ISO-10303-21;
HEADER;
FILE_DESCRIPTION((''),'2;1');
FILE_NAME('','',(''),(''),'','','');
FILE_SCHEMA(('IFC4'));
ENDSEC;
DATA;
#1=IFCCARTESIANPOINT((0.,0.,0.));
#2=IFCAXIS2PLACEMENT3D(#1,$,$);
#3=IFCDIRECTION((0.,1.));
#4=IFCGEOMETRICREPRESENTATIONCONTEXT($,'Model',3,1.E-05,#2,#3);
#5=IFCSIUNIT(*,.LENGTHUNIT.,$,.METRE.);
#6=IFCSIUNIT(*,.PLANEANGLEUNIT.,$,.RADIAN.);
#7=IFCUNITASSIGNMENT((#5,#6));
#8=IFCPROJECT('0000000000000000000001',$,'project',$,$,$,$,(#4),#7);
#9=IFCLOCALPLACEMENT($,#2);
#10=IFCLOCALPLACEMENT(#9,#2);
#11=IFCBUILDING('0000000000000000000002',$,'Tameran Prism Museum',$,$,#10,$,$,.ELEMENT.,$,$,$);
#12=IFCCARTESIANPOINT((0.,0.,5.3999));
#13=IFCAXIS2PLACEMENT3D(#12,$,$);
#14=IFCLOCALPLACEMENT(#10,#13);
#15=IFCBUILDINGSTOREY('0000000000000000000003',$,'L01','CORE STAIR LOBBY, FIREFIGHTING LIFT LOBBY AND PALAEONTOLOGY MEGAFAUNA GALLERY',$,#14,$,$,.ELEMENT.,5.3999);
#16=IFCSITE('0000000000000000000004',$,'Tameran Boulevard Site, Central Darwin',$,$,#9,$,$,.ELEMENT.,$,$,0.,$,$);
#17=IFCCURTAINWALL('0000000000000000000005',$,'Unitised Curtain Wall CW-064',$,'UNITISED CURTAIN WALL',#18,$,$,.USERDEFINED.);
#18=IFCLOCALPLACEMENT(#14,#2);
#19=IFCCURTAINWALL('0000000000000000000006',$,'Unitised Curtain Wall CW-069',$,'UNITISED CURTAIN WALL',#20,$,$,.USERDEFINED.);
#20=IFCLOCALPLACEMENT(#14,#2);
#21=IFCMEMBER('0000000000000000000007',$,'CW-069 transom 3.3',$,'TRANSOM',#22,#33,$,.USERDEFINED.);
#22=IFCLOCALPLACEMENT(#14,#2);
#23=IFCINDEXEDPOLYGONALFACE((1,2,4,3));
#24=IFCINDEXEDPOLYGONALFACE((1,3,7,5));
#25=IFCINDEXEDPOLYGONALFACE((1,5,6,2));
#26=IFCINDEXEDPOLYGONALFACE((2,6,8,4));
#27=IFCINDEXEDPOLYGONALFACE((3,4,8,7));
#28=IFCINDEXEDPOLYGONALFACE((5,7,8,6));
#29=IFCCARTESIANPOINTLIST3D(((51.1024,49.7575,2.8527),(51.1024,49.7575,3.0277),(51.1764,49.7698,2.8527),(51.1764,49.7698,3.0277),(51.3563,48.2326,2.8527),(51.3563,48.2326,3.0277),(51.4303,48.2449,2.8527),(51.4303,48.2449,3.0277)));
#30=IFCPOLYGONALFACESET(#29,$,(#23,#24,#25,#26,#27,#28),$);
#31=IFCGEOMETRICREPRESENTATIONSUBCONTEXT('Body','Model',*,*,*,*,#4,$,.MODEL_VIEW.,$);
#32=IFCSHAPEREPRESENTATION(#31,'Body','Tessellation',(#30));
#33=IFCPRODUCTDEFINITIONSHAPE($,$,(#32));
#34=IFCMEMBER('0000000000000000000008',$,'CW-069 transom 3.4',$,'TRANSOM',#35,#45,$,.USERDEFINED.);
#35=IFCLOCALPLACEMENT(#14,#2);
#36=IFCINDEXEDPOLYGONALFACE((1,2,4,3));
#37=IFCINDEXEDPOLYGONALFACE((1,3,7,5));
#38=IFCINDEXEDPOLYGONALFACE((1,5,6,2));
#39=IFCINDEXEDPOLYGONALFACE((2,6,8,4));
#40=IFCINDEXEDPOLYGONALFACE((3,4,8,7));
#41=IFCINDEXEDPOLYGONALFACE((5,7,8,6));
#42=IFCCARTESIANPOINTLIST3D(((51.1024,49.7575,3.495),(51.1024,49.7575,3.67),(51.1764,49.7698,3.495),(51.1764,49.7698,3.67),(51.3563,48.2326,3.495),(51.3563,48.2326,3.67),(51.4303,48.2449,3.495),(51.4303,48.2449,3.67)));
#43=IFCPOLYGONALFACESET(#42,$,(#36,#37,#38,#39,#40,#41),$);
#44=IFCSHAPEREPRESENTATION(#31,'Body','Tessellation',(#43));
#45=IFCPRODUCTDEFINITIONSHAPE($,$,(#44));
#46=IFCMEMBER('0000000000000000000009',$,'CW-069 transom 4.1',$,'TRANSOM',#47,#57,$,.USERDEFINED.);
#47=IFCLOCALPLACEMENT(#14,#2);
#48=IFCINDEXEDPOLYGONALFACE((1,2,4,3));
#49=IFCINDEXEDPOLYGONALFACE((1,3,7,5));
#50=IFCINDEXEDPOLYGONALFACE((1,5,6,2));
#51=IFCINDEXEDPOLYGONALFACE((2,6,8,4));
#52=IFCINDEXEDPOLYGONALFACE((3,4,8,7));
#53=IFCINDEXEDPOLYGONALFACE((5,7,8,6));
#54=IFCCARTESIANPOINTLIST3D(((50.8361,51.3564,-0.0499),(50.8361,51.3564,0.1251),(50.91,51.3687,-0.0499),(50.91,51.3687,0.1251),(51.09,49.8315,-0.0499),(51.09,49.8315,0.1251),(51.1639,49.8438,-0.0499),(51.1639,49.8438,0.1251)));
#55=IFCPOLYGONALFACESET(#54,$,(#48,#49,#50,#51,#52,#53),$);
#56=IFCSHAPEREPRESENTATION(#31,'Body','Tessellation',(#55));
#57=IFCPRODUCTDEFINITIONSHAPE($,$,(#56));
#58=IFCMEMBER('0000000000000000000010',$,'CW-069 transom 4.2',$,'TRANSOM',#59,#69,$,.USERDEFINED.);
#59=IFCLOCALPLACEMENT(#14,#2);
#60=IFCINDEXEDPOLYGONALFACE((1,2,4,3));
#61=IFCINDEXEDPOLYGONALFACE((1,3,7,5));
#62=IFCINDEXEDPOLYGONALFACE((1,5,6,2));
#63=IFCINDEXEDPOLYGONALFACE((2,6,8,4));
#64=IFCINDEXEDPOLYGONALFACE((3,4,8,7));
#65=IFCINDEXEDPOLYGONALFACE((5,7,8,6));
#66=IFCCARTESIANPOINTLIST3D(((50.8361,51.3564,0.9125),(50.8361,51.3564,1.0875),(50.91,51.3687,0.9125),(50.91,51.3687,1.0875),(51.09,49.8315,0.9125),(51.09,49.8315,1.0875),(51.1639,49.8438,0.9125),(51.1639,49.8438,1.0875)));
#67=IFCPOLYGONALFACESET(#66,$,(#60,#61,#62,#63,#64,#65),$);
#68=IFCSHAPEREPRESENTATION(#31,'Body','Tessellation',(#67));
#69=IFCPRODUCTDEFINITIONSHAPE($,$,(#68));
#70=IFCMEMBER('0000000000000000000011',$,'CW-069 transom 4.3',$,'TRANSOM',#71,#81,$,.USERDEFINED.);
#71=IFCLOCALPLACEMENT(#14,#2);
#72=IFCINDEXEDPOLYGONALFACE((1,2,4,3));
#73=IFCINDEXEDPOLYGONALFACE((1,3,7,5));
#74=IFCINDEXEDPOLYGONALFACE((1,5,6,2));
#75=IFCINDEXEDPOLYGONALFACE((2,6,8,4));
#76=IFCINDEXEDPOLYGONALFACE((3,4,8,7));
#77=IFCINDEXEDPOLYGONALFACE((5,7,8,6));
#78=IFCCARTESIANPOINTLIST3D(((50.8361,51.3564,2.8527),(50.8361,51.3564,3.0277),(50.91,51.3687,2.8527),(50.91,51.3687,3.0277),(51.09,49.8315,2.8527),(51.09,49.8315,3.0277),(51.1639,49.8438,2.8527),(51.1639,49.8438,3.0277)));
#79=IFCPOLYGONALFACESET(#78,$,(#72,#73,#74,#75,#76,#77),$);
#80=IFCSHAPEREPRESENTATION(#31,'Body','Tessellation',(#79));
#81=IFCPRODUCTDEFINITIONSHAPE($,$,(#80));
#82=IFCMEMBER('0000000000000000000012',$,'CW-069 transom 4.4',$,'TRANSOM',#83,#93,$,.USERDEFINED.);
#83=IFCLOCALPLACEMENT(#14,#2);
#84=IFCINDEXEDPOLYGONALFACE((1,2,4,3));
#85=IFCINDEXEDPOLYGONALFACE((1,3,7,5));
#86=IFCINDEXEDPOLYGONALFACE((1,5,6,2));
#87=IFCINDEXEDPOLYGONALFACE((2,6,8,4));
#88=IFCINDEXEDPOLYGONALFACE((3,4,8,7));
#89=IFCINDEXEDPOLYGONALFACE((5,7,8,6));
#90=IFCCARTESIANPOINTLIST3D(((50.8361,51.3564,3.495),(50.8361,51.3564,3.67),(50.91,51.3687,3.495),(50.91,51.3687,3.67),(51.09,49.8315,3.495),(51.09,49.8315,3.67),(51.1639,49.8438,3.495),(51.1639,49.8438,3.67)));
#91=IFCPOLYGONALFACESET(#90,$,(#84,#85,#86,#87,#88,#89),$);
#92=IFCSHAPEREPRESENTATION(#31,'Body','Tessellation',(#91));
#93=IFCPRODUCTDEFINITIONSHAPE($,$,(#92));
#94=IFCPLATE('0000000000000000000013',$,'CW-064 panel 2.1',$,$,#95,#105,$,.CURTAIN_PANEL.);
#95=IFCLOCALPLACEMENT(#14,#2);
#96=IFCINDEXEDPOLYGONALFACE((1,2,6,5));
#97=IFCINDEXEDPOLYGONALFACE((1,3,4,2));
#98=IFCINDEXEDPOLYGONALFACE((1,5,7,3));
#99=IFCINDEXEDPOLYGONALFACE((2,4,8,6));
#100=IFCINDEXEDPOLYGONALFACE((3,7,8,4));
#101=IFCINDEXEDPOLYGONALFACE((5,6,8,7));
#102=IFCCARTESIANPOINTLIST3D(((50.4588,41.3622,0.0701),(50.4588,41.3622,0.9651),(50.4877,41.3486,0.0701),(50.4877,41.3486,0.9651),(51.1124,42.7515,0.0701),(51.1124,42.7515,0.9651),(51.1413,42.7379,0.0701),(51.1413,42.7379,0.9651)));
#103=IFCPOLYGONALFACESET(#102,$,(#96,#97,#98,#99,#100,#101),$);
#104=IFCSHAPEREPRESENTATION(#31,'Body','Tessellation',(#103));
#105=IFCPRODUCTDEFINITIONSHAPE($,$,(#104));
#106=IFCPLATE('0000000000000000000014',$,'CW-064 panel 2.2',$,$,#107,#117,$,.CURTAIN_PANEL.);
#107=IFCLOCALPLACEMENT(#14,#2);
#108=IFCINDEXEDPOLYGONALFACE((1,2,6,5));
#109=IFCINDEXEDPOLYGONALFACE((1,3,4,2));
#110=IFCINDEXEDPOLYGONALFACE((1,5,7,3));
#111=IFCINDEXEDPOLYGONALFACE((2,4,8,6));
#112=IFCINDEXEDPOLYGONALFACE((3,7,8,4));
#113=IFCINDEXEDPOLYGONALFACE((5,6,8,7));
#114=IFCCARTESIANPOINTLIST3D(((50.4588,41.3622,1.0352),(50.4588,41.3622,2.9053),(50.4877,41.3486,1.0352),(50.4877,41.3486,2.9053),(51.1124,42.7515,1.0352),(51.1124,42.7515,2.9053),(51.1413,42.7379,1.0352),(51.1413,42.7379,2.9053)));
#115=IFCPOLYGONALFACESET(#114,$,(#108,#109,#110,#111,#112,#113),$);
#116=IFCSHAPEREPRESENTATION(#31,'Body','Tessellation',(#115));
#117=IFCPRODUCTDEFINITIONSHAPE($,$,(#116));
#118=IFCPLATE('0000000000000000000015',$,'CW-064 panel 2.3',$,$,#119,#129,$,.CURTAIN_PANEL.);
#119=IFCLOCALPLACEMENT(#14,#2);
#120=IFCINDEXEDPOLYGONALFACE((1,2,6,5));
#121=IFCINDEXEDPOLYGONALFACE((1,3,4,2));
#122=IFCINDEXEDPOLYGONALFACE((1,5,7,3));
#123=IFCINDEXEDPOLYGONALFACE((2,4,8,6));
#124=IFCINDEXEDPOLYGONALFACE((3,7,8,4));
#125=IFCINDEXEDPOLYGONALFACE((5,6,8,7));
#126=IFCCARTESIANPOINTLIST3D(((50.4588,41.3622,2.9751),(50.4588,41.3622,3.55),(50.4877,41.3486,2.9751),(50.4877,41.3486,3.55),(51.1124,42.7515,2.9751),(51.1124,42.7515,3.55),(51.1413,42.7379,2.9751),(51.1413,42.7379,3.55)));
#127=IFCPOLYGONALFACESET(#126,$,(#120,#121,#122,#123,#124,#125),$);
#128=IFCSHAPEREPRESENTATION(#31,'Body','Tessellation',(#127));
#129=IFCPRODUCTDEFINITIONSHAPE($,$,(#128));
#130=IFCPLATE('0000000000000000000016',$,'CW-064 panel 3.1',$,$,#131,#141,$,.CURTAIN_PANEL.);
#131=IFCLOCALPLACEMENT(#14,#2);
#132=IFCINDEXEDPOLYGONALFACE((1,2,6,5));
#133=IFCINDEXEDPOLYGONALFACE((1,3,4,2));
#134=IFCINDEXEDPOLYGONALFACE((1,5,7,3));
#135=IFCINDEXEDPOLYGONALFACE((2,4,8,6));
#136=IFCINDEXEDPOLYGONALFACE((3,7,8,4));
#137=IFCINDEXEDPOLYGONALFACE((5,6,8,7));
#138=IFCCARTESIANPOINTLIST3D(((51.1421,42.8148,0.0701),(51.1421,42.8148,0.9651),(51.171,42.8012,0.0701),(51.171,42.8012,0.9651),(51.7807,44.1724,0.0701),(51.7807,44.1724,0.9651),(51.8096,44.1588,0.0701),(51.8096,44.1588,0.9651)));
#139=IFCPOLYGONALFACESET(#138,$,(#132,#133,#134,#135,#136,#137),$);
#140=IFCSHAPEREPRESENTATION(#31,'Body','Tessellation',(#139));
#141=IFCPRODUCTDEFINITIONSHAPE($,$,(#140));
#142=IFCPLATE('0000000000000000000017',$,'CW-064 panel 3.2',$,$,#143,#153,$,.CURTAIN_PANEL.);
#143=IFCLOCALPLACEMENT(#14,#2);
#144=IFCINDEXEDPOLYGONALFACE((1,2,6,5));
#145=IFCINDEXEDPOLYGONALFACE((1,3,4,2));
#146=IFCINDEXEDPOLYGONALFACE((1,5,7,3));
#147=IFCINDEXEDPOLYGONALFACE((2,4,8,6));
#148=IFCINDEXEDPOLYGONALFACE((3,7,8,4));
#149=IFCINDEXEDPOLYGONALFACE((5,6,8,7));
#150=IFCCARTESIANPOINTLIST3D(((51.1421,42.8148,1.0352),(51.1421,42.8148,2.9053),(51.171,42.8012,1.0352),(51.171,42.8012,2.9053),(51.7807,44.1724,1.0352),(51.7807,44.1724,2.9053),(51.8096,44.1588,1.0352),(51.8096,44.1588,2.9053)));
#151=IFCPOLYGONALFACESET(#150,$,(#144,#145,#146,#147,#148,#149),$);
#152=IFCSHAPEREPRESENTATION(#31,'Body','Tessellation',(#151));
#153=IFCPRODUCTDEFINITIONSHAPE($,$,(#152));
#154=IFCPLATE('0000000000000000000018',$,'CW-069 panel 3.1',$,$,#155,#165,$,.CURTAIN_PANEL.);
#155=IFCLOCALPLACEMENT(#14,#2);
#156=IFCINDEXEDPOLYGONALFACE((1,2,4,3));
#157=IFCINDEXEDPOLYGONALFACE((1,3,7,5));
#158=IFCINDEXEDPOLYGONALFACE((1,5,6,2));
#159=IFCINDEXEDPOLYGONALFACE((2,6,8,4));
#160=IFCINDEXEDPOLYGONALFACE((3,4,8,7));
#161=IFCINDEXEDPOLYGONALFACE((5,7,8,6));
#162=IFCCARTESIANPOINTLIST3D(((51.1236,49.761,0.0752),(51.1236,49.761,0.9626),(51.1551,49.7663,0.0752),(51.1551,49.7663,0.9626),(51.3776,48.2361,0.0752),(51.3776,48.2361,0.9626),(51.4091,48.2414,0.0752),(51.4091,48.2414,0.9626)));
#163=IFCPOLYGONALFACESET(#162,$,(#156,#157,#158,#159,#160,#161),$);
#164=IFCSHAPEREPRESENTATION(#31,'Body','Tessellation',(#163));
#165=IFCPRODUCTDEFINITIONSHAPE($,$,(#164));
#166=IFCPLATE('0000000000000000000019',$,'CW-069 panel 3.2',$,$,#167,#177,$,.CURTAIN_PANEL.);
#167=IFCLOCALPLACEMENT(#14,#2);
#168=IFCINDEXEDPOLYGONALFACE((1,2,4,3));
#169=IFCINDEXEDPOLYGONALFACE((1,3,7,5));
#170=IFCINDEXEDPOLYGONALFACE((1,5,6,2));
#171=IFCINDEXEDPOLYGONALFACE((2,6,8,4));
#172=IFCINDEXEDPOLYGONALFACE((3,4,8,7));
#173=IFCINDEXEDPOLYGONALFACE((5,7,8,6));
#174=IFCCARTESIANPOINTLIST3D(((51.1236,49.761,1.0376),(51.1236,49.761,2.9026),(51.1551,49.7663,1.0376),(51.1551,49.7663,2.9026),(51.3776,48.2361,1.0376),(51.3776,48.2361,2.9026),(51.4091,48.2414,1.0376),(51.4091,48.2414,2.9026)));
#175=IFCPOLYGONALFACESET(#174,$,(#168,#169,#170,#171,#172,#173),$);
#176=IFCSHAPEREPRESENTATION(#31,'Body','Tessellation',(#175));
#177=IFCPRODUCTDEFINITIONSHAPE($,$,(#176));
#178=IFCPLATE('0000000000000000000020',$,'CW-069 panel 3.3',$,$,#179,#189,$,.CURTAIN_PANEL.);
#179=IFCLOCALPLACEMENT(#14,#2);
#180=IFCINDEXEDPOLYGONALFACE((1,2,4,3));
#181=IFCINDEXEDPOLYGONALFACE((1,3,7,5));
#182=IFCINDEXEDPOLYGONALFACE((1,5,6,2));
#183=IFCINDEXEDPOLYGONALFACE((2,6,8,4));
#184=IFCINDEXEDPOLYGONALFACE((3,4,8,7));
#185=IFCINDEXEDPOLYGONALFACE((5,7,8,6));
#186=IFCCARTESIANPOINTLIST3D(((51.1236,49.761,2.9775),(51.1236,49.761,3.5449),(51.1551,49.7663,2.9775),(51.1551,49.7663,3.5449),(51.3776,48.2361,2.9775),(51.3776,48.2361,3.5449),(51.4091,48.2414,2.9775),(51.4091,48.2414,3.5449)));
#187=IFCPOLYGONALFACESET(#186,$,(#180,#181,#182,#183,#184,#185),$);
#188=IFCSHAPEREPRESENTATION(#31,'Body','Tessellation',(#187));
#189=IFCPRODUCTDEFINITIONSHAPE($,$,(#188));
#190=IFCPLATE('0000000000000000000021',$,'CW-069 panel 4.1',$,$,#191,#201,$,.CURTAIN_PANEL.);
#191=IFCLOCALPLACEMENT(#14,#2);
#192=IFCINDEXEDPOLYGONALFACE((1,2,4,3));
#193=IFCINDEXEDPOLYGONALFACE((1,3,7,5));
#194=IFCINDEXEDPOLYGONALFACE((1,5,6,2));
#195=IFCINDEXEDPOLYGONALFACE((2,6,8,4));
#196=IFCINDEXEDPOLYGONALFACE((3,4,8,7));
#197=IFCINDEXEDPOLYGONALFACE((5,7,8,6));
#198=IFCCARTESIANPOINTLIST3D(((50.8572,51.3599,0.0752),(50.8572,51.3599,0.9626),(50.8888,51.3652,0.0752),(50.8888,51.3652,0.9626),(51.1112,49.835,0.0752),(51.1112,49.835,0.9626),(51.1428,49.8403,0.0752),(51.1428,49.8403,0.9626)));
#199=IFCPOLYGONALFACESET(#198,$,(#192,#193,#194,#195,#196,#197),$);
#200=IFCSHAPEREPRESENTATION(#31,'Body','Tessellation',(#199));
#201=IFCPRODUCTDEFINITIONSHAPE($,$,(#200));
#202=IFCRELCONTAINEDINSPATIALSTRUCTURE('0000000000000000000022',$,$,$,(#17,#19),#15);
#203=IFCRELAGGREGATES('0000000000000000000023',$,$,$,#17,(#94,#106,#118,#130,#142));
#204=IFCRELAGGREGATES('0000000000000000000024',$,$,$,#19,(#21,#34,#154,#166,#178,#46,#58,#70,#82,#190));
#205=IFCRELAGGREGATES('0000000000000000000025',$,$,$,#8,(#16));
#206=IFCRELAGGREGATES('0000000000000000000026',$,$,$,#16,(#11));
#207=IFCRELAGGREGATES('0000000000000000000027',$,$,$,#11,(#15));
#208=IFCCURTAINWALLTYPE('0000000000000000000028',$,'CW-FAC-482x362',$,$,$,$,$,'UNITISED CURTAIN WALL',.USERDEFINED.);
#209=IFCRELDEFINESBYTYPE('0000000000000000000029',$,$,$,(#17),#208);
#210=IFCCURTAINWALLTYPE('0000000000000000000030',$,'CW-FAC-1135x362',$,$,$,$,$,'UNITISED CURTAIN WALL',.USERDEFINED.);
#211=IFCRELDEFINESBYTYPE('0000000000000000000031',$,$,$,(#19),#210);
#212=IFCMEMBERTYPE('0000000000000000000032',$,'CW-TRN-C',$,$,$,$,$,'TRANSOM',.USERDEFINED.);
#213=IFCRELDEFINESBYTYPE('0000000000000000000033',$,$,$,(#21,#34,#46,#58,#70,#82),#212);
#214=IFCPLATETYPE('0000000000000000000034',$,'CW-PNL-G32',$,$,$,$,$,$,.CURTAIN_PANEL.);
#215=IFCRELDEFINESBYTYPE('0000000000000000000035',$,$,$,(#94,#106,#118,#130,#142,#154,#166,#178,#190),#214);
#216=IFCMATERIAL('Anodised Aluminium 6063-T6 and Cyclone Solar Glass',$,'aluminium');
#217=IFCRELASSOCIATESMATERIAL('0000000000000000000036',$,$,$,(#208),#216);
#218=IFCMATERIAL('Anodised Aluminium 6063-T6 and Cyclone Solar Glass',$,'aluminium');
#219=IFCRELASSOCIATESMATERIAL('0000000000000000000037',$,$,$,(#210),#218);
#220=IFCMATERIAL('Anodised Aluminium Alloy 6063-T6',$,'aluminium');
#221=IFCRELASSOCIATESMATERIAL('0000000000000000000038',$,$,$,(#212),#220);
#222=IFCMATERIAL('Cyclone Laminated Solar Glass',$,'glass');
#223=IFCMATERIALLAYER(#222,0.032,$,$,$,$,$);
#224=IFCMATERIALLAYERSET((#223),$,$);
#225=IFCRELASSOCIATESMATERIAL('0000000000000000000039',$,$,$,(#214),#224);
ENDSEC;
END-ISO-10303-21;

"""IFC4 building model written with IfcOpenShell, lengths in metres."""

from ifc_helpers import new_model, si_unit, direction, frame, origin, origin_2d, place, context, subcontext, project, spatial, rectangle, extrude, material, layer, layer_set, material_profile, profile_set, type_object, element, aggregate, save


model = new_model("IFC4")

# Units and contexts
model_context = context("Model", 3, precision=1e-05, world=origin(), true_north=direction((0.0, 1.0)))
body_context = subcontext(model_context, "Body", "Model", "MODEL_VIEW")
ifc_project = project(units=[si_unit("LENGTHUNIT", "METRE"), si_unit("PLANEANGLEUNIT", "RADIAN")], contexts=[model_context])

# Site, building, storey
site_placement = place(None, origin())
site = spatial("IfcSite", under=ifc_project, at=site_placement, Name="Tameran Boulevard Site, Central Darwin", CompositionType="ELEMENT", RefElevation=0.0)
building_placement = place(site_placement, origin())
building = spatial("IfcBuilding", under=site, at=building_placement, Name="Tameran Prism Museum", CompositionType="ELEMENT")
storey_placement = place(building_placement, frame((0.0, 0.0, 5.3999)))
storey = spatial("IfcBuildingStorey", under=building, at=storey_placement, Name="L01", Description="CORE STAIR LOBBY, FIREFIGHTING LIFT LOBBY AND PALAEONTOLOGY MEGAFAUNA GALLERY", CompositionType="ELEMENT", Elevation=5.3999)

# Curtain walls
ifc_material_1 = material(Name="Anodised Aluminium 6063-T6 and Cyclone Solar Glass", Category="aluminium")
curtain_wall_type_1 = type_object("IfcCurtainWallType", Name="CW-FAC-482x362", ElementType="UNITISED CURTAIN WALL", PredefinedType="USERDEFINED", material=ifc_material_1)
curtain_wall_1_placement = place(storey_placement, origin())
curtain_wall_1 = element("IfcCurtainWall", 1, at=curtain_wall_1_placement, inside=storey, type_object=curtain_wall_type_1, Name="Unitised Curtain Wall CW-064", ObjectType="UNITISED CURTAIN WALL", PredefinedType="USERDEFINED")
ifc_material_2 = material(Name="Anodised Aluminium 6063-T6 and Cyclone Solar Glass", Category="aluminium")
curtain_wall_type_2 = type_object("IfcCurtainWallType", Name="CW-FAC-1135x362", ElementType="UNITISED CURTAIN WALL", PredefinedType="USERDEFINED", material=ifc_material_2)
curtain_wall_2_placement = place(storey_placement, origin())
curtain_wall_2 = element("IfcCurtainWall", 2, at=curtain_wall_2_placement, inside=storey, type_object=curtain_wall_type_2, Name="Unitised Curtain Wall CW-069", ObjectType="UNITISED CURTAIN WALL", PredefinedType="USERDEFINED")

# Members
ifc_material_3 = material(Name="Anodised Aluminium Alloy 6063-T6", Category="aluminium")
ifc_material_profile_1 = material_profile(ifc_material_3, rectangle(XDim=0.075, YDim=0.175, at=origin_2d()))
ifc_profile_set_1 = profile_set([ifc_material_profile_1])
member_type_1 = type_object("IfcMemberType", Name="CW-TRN-C", ElementType="TRANSOM", PredefinedType="USERDEFINED", material=ifc_profile_set_1)
member_1_placement = place(storey_placement, frame((51.3933, 48.2388, 2.9402), z_axis=(-0.164245, 0.98642, 0.0), x_axis=(-0.98642, -0.164245, 0.0)))
member_1 = element("IfcMember", 3, at=member_1_placement, type_object=member_type_1, Name="CW-069 transom 3.3", ObjectType="TRANSOM", PredefinedType="USERDEFINED", context=body_context, shape_type="SweptSolid", body=[
    extrude(rectangle(XDim=0.075, YDim=0.175, at=origin_2d()), origin(), (0.0, 0.0, 1.0), 1.5459),
])
member_2_placement = place(storey_placement, frame((51.3933, 48.2388, 3.5825), z_axis=(-0.164245, 0.98642, 0.0), x_axis=(-0.98642, -0.164245, 0.0)))
member_2 = element("IfcMember", 4, at=member_2_placement, type_object=member_type_1, Name="CW-069 transom 3.4", ObjectType="TRANSOM", PredefinedType="USERDEFINED", context=body_context, shape_type="SweptSolid", body=[
    extrude(rectangle(XDim=0.075, YDim=0.175, at=origin_2d()), origin(), (0.0, 0.0, 1.0), 1.5459),
])
member_3_placement = place(storey_placement, frame((51.127, 49.8376, 0.0376), z_axis=(-0.164245, 0.98642, 0.0), x_axis=(-0.98642, -0.164245, 0.0)))
member_3 = element("IfcMember", 5, at=member_3_placement, type_object=member_type_1, Name="CW-069 transom 4.1", ObjectType="TRANSOM", PredefinedType="USERDEFINED", context=body_context, shape_type="SweptSolid", body=[
    extrude(rectangle(XDim=0.075, YDim=0.175, at=origin_2d()), origin(), (0.0, 0.0, 1.0), 1.5459),
])
member_4_placement = place(storey_placement, frame((51.127, 49.8376, 1.0), z_axis=(-0.164245, 0.98642, 0.0), x_axis=(-0.98642, -0.164245, 0.0)))
member_4 = element("IfcMember", 6, at=member_4_placement, type_object=member_type_1, Name="CW-069 transom 4.2", ObjectType="TRANSOM", PredefinedType="USERDEFINED", context=body_context, shape_type="SweptSolid", body=[
    extrude(rectangle(XDim=0.075, YDim=0.175, at=origin_2d()), origin(), (0.0, 0.0, 1.0), 1.5459),
])
member_5_placement = place(storey_placement, frame((51.127, 49.8376, 2.9402), z_axis=(-0.164245, 0.98642, 0.0), x_axis=(-0.98642, -0.164245, 0.0)))
member_5 = element("IfcMember", 7, at=member_5_placement, type_object=member_type_1, Name="CW-069 transom 4.3", ObjectType="TRANSOM", PredefinedType="USERDEFINED", context=body_context, shape_type="SweptSolid", body=[
    extrude(rectangle(XDim=0.075, YDim=0.175, at=origin_2d()), origin(), (0.0, 0.0, 1.0), 1.5459),
])
member_6_placement = place(storey_placement, frame((51.127, 49.8376, 3.5825), z_axis=(-0.164245, 0.98642, 0.0), x_axis=(-0.98642, -0.164245, 0.0)))
member_6 = element("IfcMember", 8, at=member_6_placement, type_object=member_type_1, Name="CW-069 transom 4.4", ObjectType="TRANSOM", PredefinedType="USERDEFINED", context=body_context, shape_type="SweptSolid", body=[
    extrude(rectangle(XDim=0.075, YDim=0.175, at=origin_2d()), origin(), (0.0, 0.0, 1.0), 1.5459),
])

# Plates
ifc_material_4 = material(Name="Cyclone Laminated Solar Glass", Category="glass")
ifc_layer_1 = layer(ifc_material_4, 0.032)
ifc_layer_set_1 = layer_set([ifc_layer_1])
plate_type = type_object("IfcPlateType", Name="CW-PNL-G32", PredefinedType="CURTAIN_PANEL", material=ifc_layer_set_1)
plate_1_placement = place(storey_placement, frame((50.8, 42.05, 0.0701), z_axis=(0.0, 0.0, 1.0), x_axis=(0.425657, 0.904885, 0.0)))
plate_1 = element("IfcPlate", 9, at=plate_1_placement, type_object=plate_type, Name="CW-064 panel 2.1", PredefinedType="CURTAIN_PANEL", context=body_context, shape_type="SweptSolid", body=[
    extrude(rectangle(XDim=1.5354, YDim=0.032, at=origin_2d()), origin(), (0.0, 0.0, 1.0), 0.895),
])
plate_2_placement = place(storey_placement, frame((50.8, 42.05, 1.0352), z_axis=(0.0, 0.0, 1.0), x_axis=(0.425657, 0.904885, 0.0)))
plate_2 = element("IfcPlate", 10, at=plate_2_placement, type_object=plate_type, Name="CW-064 panel 2.2", PredefinedType="CURTAIN_PANEL", context=body_context, shape_type="SweptSolid", body=[
    extrude(rectangle(XDim=1.5354, YDim=0.032, at=origin_2d()), origin(), (0.0, 0.0, 1.0), 1.8701),
])
plate_3_placement = place(storey_placement, frame((50.8, 42.05, 2.9751), z_axis=(0.0, 0.0, 1.0), x_axis=(0.425657, 0.904885, 0.0)))
plate_3 = element("IfcPlate", 11, at=plate_3_placement, type_object=plate_type, Name="CW-064 panel 2.3", PredefinedType="CURTAIN_PANEL", context=body_context, shape_type="SweptSolid", body=[
    extrude(rectangle(XDim=1.5354, YDim=0.032, at=origin_2d()), origin(), (0.0, 0.0, 1.0), 0.575),
])
plate_4_placement = place(storey_placement, frame((51.4758, 43.4868, 0.0701), z_axis=(0.0, 0.0, 1.0), x_axis=(0.425657, 0.904885, 0.0)))
plate_4 = element("IfcPlate", 12, at=plate_4_placement, type_object=plate_type, Name="CW-064 panel 3.1", PredefinedType="CURTAIN_PANEL", context=body_context, shape_type="SweptSolid", body=[
    extrude(rectangle(XDim=1.5002, YDim=0.032, at=origin_2d()), origin(), (0.0, 0.0, 1.0), 0.895),
])
plate_5_placement = place(storey_placement, frame((51.4758, 43.4868, 1.0352), z_axis=(0.0, 0.0, 1.0), x_axis=(0.425657, 0.904885, 0.0)))
plate_5 = element("IfcPlate", 13, at=plate_5_placement, type_object=plate_type, Name="CW-064 panel 3.2", PredefinedType="CURTAIN_PANEL", context=body_context, shape_type="SweptSolid", body=[
    extrude(rectangle(XDim=1.5002, YDim=0.032, at=origin_2d()), origin(), (0.0, 0.0, 1.0), 1.8701),
])
aggregate(curtain_wall_1, [plate_1, plate_2, plate_3, plate_4, plate_5])
plate_6_placement = place(storey_placement, frame((51.2664, 49.0012, 0.0752), z_axis=(0.0, 0.0, 1.0), x_axis=(-0.164285, 0.986413, 0.0)))
plate_6 = element("IfcPlate", 14, at=plate_6_placement, type_object=plate_type, Name="CW-069 panel 3.1", PredefinedType="CURTAIN_PANEL", context=body_context, shape_type="SweptSolid", body=[
    extrude(rectangle(XDim=1.5459, YDim=0.032, at=origin_2d()), origin(), (0.0, 0.0, 1.0), 0.8875),
])
plate_7_placement = place(storey_placement, frame((51.2664, 49.0012, 1.0376), z_axis=(0.0, 0.0, 1.0), x_axis=(-0.164285, 0.986413, 0.0)))
plate_7 = element("IfcPlate", 15, at=plate_7_placement, type_object=plate_type, Name="CW-069 panel 3.2", PredefinedType="CURTAIN_PANEL", context=body_context, shape_type="SweptSolid", body=[
    extrude(rectangle(XDim=1.5459, YDim=0.032, at=origin_2d()), origin(), (0.0, 0.0, 1.0), 1.865),
])
plate_8_placement = place(storey_placement, frame((51.2664, 49.0012, 2.9775), z_axis=(0.0, 0.0, 1.0), x_axis=(-0.164285, 0.986413, 0.0)))
plate_8 = element("IfcPlate", 16, at=plate_8_placement, type_object=plate_type, Name="CW-069 panel 3.3", PredefinedType="CURTAIN_PANEL", context=body_context, shape_type="SweptSolid", body=[
    extrude(rectangle(XDim=1.5459, YDim=0.032, at=origin_2d()), origin(), (0.0, 0.0, 1.0), 0.5674),
])
plate_9_placement = place(storey_placement, frame((51.0, 50.6001, 0.0752), z_axis=(0.0, 0.0, 1.0), x_axis=(-0.164285, 0.986413, 0.0)))
plate_9 = element("IfcPlate", 17, at=plate_9_placement, type_object=plate_type, Name="CW-069 panel 4.1", PredefinedType="CURTAIN_PANEL", context=body_context, shape_type="SweptSolid", body=[
    extrude(rectangle(XDim=1.5459, YDim=0.032, at=origin_2d()), origin(), (0.0, 0.0, 1.0), 0.8875),
])
aggregate(curtain_wall_2, [member_1, member_2, plate_6, plate_7, plate_8, member_3, member_4, member_5, member_6, plate_9])

save(model, "model.ifc")
